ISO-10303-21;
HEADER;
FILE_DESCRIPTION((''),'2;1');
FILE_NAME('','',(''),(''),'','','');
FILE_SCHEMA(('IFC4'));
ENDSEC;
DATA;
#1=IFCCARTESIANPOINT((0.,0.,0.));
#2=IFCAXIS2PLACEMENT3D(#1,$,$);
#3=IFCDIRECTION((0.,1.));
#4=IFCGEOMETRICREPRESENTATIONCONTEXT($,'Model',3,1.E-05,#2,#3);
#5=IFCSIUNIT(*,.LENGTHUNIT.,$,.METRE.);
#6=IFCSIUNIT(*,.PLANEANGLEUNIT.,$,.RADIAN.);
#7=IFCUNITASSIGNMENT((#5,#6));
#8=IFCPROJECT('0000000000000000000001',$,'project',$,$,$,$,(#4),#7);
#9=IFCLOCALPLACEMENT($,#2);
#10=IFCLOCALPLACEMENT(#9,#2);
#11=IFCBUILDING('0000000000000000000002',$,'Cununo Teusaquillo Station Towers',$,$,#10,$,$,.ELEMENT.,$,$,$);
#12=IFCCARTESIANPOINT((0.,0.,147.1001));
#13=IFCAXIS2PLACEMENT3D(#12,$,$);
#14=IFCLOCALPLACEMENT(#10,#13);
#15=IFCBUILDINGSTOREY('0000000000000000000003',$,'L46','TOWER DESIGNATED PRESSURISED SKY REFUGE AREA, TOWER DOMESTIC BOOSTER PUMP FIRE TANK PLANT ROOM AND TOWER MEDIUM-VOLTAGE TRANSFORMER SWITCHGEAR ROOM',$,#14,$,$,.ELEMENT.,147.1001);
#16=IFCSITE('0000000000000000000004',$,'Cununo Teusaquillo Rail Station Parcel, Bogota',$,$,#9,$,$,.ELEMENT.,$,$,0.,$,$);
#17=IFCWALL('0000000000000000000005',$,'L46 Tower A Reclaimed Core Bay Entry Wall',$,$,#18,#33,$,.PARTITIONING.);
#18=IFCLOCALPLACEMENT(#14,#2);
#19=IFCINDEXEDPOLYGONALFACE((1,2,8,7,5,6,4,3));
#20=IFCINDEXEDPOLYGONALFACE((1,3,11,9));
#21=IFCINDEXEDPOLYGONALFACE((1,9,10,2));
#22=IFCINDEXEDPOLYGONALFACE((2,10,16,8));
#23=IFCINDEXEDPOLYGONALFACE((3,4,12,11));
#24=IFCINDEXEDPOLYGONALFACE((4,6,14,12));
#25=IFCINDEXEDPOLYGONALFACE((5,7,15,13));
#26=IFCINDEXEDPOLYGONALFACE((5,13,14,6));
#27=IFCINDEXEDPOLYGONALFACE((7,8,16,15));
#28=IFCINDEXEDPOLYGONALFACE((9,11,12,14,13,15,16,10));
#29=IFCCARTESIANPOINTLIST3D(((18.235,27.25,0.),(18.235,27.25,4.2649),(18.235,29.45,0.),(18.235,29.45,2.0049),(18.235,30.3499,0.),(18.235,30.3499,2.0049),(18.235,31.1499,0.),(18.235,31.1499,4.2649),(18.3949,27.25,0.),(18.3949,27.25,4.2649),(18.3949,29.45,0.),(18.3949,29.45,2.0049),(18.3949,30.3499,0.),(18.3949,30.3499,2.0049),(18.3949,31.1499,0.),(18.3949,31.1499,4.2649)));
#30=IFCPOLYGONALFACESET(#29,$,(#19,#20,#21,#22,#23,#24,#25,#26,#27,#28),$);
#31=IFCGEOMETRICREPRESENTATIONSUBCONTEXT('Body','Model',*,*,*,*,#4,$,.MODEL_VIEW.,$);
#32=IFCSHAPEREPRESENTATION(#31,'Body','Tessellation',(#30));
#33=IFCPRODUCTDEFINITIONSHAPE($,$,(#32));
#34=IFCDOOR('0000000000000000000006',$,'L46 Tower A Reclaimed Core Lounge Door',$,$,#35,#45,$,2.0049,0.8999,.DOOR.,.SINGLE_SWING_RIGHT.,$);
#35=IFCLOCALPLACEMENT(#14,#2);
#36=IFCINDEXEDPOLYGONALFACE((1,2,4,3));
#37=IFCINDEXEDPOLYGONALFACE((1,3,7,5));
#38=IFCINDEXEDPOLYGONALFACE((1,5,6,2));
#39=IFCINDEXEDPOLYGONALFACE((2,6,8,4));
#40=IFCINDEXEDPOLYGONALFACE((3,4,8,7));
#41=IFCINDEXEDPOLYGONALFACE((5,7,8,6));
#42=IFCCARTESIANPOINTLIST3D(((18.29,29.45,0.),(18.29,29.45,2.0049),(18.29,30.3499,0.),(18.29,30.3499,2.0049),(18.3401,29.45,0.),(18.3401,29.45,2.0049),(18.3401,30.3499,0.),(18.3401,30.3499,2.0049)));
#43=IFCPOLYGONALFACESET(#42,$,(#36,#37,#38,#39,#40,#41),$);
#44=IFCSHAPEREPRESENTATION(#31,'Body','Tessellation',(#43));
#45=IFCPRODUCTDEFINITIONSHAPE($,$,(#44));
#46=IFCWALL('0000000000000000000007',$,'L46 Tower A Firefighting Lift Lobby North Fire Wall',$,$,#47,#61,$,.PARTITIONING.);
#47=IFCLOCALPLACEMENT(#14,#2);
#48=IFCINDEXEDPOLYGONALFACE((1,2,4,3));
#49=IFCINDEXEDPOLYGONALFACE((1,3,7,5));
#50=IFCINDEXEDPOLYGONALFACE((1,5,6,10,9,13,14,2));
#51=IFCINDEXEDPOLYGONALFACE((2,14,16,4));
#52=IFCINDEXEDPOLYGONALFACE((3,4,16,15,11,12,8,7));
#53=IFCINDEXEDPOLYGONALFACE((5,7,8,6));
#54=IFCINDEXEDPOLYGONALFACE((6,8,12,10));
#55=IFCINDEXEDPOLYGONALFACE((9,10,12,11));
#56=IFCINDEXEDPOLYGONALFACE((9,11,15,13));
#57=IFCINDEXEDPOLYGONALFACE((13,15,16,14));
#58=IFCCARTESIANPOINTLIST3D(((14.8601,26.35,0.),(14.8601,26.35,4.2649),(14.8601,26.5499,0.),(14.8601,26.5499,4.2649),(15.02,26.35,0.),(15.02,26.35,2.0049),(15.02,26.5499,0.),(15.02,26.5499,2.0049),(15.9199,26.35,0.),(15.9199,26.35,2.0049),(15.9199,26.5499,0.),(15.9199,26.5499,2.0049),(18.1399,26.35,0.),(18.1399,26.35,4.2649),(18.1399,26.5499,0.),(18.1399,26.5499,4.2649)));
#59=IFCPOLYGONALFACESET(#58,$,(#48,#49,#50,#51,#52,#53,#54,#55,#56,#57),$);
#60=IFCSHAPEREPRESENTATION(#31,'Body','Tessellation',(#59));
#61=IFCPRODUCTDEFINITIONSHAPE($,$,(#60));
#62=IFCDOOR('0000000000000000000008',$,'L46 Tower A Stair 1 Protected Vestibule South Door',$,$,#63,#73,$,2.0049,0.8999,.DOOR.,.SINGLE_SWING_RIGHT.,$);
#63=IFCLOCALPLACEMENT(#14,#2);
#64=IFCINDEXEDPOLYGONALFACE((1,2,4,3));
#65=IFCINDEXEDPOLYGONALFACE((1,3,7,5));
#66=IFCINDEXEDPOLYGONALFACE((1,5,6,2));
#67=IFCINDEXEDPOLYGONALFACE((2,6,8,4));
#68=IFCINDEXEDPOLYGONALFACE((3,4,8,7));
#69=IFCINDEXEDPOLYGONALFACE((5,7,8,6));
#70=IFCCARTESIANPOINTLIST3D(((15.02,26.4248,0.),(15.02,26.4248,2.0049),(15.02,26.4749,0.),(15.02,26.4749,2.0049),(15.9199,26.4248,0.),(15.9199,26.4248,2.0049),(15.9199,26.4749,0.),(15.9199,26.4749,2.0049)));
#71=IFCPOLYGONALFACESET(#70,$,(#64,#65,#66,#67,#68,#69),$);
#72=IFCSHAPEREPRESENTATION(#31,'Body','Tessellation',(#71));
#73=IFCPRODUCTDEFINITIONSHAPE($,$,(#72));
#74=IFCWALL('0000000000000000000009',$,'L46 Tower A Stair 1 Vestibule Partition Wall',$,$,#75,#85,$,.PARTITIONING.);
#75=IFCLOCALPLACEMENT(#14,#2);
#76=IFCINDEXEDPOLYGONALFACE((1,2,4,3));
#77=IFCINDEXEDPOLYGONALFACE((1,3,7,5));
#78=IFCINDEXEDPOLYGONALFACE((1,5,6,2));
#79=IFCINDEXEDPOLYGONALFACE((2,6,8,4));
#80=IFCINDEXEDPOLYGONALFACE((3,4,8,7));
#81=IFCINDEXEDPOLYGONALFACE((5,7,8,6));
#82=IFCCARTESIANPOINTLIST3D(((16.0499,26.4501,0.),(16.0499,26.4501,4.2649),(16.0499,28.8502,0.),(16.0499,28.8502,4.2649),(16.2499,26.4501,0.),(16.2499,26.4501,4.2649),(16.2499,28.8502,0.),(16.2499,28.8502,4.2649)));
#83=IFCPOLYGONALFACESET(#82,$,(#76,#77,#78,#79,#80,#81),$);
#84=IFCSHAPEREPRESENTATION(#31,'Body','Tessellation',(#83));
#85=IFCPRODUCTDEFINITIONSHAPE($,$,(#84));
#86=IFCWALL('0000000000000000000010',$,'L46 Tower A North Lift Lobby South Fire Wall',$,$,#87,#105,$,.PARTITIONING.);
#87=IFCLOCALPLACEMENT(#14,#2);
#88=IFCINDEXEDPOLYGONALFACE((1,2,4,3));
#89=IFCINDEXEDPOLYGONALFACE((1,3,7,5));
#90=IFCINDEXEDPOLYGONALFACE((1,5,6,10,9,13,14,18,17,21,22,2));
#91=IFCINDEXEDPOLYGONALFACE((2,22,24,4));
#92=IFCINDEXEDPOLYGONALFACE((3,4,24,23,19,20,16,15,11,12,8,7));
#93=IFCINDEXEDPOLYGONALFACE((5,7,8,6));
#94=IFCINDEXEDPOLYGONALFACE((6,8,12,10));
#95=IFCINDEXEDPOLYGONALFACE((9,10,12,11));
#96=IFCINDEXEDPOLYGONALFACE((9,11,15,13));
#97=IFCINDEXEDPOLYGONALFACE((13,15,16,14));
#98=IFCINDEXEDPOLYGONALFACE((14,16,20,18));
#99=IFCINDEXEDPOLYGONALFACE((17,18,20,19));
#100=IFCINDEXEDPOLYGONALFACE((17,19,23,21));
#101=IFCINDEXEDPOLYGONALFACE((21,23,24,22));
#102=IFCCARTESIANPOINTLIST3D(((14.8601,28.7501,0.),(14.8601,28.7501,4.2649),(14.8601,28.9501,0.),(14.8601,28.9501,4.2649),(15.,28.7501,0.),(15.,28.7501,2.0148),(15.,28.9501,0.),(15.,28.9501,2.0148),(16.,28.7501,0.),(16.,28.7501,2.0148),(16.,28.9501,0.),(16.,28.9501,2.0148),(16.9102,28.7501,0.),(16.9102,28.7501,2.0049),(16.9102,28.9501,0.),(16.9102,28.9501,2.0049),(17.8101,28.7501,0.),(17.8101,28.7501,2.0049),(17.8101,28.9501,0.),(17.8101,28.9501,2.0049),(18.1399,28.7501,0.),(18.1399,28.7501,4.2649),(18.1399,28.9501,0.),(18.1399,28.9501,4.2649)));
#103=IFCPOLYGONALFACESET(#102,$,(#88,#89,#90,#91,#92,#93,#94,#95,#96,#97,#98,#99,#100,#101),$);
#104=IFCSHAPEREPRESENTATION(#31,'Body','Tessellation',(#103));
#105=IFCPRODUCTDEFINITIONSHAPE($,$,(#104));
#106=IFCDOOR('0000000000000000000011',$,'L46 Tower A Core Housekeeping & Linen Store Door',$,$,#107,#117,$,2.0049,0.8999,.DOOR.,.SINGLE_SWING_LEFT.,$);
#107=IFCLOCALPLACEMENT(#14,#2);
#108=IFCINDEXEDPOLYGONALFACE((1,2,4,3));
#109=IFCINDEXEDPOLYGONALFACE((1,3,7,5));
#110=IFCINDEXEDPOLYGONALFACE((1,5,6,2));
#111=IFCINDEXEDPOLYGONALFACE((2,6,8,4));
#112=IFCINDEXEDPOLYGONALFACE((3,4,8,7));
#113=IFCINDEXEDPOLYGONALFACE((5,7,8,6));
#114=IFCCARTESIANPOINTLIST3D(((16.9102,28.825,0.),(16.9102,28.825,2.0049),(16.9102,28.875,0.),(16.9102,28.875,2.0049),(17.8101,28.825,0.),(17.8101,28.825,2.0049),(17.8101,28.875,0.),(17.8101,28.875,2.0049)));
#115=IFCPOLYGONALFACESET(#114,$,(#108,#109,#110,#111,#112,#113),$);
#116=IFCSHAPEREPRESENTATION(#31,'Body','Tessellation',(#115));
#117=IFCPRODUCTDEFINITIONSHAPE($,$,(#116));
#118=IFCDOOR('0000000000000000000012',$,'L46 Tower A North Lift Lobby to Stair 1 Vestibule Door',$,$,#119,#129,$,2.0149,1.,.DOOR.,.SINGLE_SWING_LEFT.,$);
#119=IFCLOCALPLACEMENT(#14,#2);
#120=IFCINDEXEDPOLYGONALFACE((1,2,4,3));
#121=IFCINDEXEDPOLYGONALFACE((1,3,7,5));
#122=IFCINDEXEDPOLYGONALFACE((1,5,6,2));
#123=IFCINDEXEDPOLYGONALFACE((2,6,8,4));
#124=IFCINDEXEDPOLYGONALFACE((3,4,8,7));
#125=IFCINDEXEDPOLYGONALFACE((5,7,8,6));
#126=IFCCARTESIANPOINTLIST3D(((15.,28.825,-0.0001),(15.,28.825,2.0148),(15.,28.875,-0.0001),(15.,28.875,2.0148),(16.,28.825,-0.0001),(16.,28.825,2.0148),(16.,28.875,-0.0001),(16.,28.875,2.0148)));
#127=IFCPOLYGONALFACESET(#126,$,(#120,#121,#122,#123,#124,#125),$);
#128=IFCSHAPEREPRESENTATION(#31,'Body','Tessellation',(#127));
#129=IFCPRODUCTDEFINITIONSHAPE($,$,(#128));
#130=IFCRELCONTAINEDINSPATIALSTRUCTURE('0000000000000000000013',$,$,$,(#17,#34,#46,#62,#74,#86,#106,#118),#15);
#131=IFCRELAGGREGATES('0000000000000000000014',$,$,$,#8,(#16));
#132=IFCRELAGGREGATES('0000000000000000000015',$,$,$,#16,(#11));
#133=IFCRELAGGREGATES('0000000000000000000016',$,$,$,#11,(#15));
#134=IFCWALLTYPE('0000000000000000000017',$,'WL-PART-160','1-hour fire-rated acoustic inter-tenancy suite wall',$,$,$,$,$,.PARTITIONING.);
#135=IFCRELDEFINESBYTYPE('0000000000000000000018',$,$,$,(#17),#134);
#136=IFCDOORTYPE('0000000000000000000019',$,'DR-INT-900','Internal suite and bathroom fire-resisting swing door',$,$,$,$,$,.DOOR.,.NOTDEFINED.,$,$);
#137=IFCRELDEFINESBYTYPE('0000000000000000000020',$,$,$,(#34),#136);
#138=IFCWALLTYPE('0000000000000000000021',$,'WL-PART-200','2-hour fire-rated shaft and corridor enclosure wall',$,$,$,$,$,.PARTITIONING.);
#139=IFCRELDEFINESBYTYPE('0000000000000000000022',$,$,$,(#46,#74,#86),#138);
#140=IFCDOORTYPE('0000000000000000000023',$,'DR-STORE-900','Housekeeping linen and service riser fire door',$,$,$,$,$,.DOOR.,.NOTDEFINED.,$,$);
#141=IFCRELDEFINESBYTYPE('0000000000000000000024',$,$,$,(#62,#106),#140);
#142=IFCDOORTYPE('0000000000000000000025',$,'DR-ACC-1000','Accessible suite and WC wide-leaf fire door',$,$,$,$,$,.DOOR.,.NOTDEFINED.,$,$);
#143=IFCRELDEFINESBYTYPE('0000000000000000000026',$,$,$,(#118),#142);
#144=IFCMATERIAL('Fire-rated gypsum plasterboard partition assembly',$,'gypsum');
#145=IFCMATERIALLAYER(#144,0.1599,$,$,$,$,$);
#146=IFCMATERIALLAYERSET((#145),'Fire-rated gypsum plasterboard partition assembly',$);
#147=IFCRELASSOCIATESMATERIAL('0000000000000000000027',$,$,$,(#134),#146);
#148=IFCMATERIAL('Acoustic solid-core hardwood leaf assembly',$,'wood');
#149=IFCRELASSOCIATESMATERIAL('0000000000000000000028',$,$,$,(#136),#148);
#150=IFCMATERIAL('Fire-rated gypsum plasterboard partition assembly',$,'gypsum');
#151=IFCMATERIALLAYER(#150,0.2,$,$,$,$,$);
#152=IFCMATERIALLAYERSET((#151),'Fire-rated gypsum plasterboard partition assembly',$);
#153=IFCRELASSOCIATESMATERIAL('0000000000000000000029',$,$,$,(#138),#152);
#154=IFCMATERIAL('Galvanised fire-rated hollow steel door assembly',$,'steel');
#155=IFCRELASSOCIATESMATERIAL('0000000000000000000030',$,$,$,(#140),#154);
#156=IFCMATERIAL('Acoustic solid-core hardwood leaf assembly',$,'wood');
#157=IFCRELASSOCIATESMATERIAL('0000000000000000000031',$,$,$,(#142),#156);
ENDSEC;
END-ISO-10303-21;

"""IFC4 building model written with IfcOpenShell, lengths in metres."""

from ifc_helpers import new_model, si_unit, direction, frame, frame_2d, origin, place, context, subcontext, project, spatial, rectangle, extrude, source, transform, mapped, material, layer, layer_set, type_object, element, fill, save


model = new_model("IFC4")

# Units and contexts
model_context = context("Model", 3, precision=1e-05, world=origin(), true_north=direction((0.0, 1.0)))
body_context = subcontext(model_context, "Body", "Model", "MODEL_VIEW")
ifc_project = project(units=[si_unit("LENGTHUNIT", "METRE"), si_unit("PLANEANGLEUNIT", "RADIAN")], contexts=[model_context])

# Site, building, storey
site_placement = place(None, origin())
site = spatial("IfcSite", under=ifc_project, at=site_placement, Name="Cununo Teusaquillo Rail Station Parcel, Bogota", CompositionType="ELEMENT", RefElevation=0.0)
building_placement = place(site_placement, origin())
building = spatial("IfcBuilding", under=site, at=building_placement, Name="Cununo Teusaquillo Station Towers", CompositionType="ELEMENT")
storey_placement = place(building_placement, frame((0.0, 0.0, 147.1001)))
storey = spatial("IfcBuildingStorey", under=building, at=storey_placement, Name="L46", Description="TOWER DESIGNATED PRESSURISED SKY REFUGE AREA, TOWER DOMESTIC BOOSTER PUMP FIRE TANK PLANT ROOM AND TOWER MEDIUM-VOLTAGE TRANSFORMER SWITCHGEAR ROOM", CompositionType="ELEMENT", Elevation=147.1001)

# Walls, openings, doors
ifc_material_1 = material(Name="Fire-rated gypsum plasterboard partition assembly", Category="gypsum")
ifc_layer_1 = layer(ifc_material_1, 0.1599)
ifc_layer_set_1 = layer_set([ifc_layer_1], Name="Fire-rated gypsum plasterboard partition assembly")
wall_type_1 = type_object("IfcWallType", Name="WL-PART-160", Description="1-hour fire-rated acoustic inter-tenancy suite wall", PredefinedType="PARTITIONING", material=ifc_layer_set_1)
wall_1_placement = place(storey_placement, frame((18.3149, 27.25, 0.0), z_axis=(0.0, 0.0, 1.0), x_axis=(0.0, 1.0, 0.0)))
wall_1 = element("IfcWall", 1, at=wall_1_placement, inside=storey, type_object=wall_type_1, Name="L46 Tower A Reclaimed Core Bay Entry Wall", PredefinedType="PARTITIONING", context=body_context, shape_type="SweptSolid", body=[
    extrude(rectangle(XDim=3.8999, YDim=0.1599, at=frame_2d((1.95, 0.0))), origin(), (0.0, 0.0, 1.0), 4.2649),
])
shared_shape_1 = source(origin(), body_context, "Body", "SweptSolid", [
    extrude(rectangle(XDim=0.8999, YDim=2.0049, at=frame_2d((0.45, 1.0024))), frame((0.0, 0.0898, 0.0), z_axis=(0.0, -1.0, 0.0), x_axis=(1.0, 0.0, 0.0)), (0.0, 0.0, 1.0), 0.1799),
])
opening_1_placement = place(wall_1_placement, frame((2.2, 0.0, 0.0)))
opening_1 = element("IfcOpeningElement", 2, at=opening_1_placement, cuts=wall_1, PredefinedType="OPENING", context=body_context, shape_type="MappedRepresentation", body=[
    mapped(shared_shape_1, transform((0.0, 0.0, 0.0), x_axis=(1.0, 0.0, 0.0), y_axis=(0.0, 1.0, 0.0), z_axis=(0.0, 0.0, 1.0), scale=1.0)),
])
ifc_material_2 = material(Name="Acoustic solid-core hardwood leaf assembly", Category="wood")
door_type_1 = type_object("IfcDoorType", Name="DR-INT-900", Description="Internal suite and bathroom fire-resisting swing door", OperationType="NOTDEFINED", PredefinedType="DOOR", material=ifc_material_2)
shared_shape_2 = source(origin(), body_context, "Body", "SweptSolid", [
    extrude(rectangle(XDim=0.8999, YDim=2.0049, at=frame_2d((0.45, 1.0024))), frame((0.0, 0.0249, 0.0), z_axis=(0.0, -1.0, 0.0), x_axis=(1.0, 0.0, 0.0)), (0.0, 0.0, 1.0), 0.05),
])
door_1_placement = place(opening_1_placement, origin())
door_1 = element("IfcDoor", 3, at=door_1_placement, inside=storey, type_object=door_type_1, Name="L46 Tower A Reclaimed Core Lounge Door", OperationType="SINGLE_SWING_RIGHT", OverallHeight=2.0049, OverallWidth=0.8999, PredefinedType="DOOR", context=body_context, shape_type="MappedRepresentation", body=[
    mapped(shared_shape_2, transform((0.0, 0.0, 0.0), x_axis=(1.0, 0.0, 0.0), y_axis=(0.0, 1.0, 0.0), z_axis=(0.0, 0.0, 1.0), scale=1.0)),
])
fill(opening_1, door_1)
ifc_material_3 = material(Name="Fire-rated gypsum plasterboard partition assembly", Category="gypsum")
ifc_layer_2 = layer(ifc_material_3, 0.2)
ifc_layer_set_2 = layer_set([ifc_layer_2], Name="Fire-rated gypsum plasterboard partition assembly")
wall_type_2 = type_object("IfcWallType", Name="WL-PART-200", Description="2-hour fire-rated shaft and corridor enclosure wall", PredefinedType="PARTITIONING", material=ifc_layer_set_2)
wall_2_placement = place(storey_placement, frame((14.8601, 26.45, 0.0), z_axis=(0.0, 0.0, 1.0), x_axis=(1.0, 0.0, 0.0)))
wall_2 = element("IfcWall", 4, at=wall_2_placement, inside=storey, type_object=wall_type_2, Name="L46 Tower A Firefighting Lift Lobby North Fire Wall", PredefinedType="PARTITIONING", context=body_context, shape_type="SweptSolid", body=[
    extrude(rectangle(XDim=3.2798, YDim=0.2, at=frame_2d((1.6399, 0.0))), origin(), (0.0, 0.0, 1.0), 4.2649),
])
shared_shape_3 = source(origin(), body_context, "Body", "SweptSolid", [
    extrude(rectangle(XDim=0.8999, YDim=2.0049, at=frame_2d((0.45, 1.0024))), frame((0.0, 0.1099, 0.0), z_axis=(0.0, -1.0, 0.0), x_axis=(1.0, 0.0, 0.0)), (0.0, 0.0, 1.0), 0.22),
])
opening_2_placement = place(wall_2_placement, frame((0.1599, 0.0, 0.0)))
opening_2 = element("IfcOpeningElement", 5, at=opening_2_placement, cuts=wall_2, PredefinedType="OPENING", context=body_context, shape_type="MappedRepresentation", body=[
    mapped(shared_shape_3, transform((0.0, 0.0, 0.0), x_axis=(1.0, 0.0, 0.0), y_axis=(0.0, 1.0, 0.0), z_axis=(0.0, 0.0, 1.0), scale=1.0)),
])
ifc_material_4 = material(Name="Galvanised fire-rated hollow steel door assembly", Category="steel")
door_type_2 = type_object("IfcDoorType", Name="DR-STORE-900", Description="Housekeeping linen and service riser fire door", OperationType="NOTDEFINED", PredefinedType="DOOR", material=ifc_material_4)
door_2_placement = place(opening_2_placement, origin())
door_2 = element("IfcDoor", 6, at=door_2_placement, inside=storey, type_object=door_type_2, Name="L46 Tower A Stair 1 Protected Vestibule South Door", OperationType="SINGLE_SWING_RIGHT", OverallHeight=2.0049, OverallWidth=0.8999, PredefinedType="DOOR", context=body_context, shape_type="MappedRepresentation", body=[
    mapped(shared_shape_2, transform((0.0, 0.0, 0.0), x_axis=(1.0, 0.0, 0.0), y_axis=(0.0, 1.0, 0.0), z_axis=(0.0, 0.0, 1.0), scale=1.0)),
])
fill(opening_2, door_2)

# Wall
wall_3_placement = place(storey_placement, frame((16.1499, 26.45, 0.0), z_axis=(0.0, 0.0, 1.0), x_axis=(0.0, 1.0, 0.0)))
element("IfcWall", 7, at=wall_3_placement, inside=storey, type_object=wall_type_2, Name="L46 Tower A Stair 1 Vestibule Partition Wall", PredefinedType="PARTITIONING", context=body_context, shape_type="SweptSolid", body=[
    extrude(rectangle(XDim=2.4001, YDim=0.2, at=frame_2d((1.2002, 0.0))), origin(), (0.0, 0.0, 1.0), 4.2649),
])

# Wall, openings, doors
wall_4_placement = place(storey_placement, frame((14.8601, 28.8501, 0.0), z_axis=(0.0, 0.0, 1.0), x_axis=(1.0, 0.0, 0.0)))
wall_4 = element("IfcWall", 8, at=wall_4_placement, inside=storey, type_object=wall_type_2, Name="L46 Tower A North Lift Lobby South Fire Wall", PredefinedType="PARTITIONING", context=body_context, shape_type="SweptSolid", body=[
    extrude(rectangle(XDim=3.2798, YDim=0.2, at=frame_2d((1.6399, 0.0))), origin(), (0.0, 0.0, 1.0), 4.2649),
])
shared_shape_4 = source(origin(), body_context, "Body", "SweptSolid", [
    extrude(rectangle(XDim=1.0, YDim=2.0149, at=frame_2d((0.5, 1.0073))), frame((0.0, 0.1099, 0.0), z_axis=(0.0, -1.0, 0.0), x_axis=(1.0, 0.0, 0.0)), (0.0, 0.0, 1.0), 0.22),
])
opening_3_placement = place(wall_4_placement, frame((0.1399, 0.0, 0.0)))
opening_3 = element("IfcOpeningElement", 9, at=opening_3_placement, cuts=wall_4, PredefinedType="OPENING", context=body_context, shape_type="MappedRepresentation", body=[
    mapped(shared_shape_4, transform((0.0, 0.0, 0.0), x_axis=(1.0, 0.0, 0.0), y_axis=(0.0, 1.0, 0.0), z_axis=(0.0, 0.0, 1.0), scale=1.0)),
])
opening_4_placement = place(wall_4_placement, frame((2.05, 0.0, 0.0)))
opening_4 = element("IfcOpeningElement", 10, at=opening_4_placement, cuts=wall_4, PredefinedType="OPENING", context=body_context, shape_type="MappedRepresentation", body=[
    mapped(shared_shape_3, transform((0.0, 0.0, 0.0), x_axis=(1.0, 0.0, 0.0), y_axis=(0.0, 1.0, 0.0), z_axis=(0.0, 0.0, 1.0), scale=1.0)),
])
door_3_placement = place(opening_4_placement, origin())
door_3 = element("IfcDoor", 11, at=door_3_placement, inside=storey, type_object=door_type_2, Name="L46 Tower A Core Housekeeping & Linen Store Door", OperationType="SINGLE_SWING_LEFT", OverallHeight=2.0049, OverallWidth=0.8999, PredefinedType="DOOR", context=body_context, shape_type="MappedRepresentation", body=[
    mapped(shared_shape_2, transform((0.0, 0.0, 0.0), x_axis=(1.0, 0.0, 0.0), y_axis=(0.0, 1.0, 0.0), z_axis=(0.0, 0.0, 1.0), scale=1.0)),
])
fill(opening_4, door_3)
ifc_material_5 = material(Name="Acoustic solid-core hardwood leaf assembly", Category="wood")
door_type_3 = type_object("IfcDoorType", Name="DR-ACC-1000", Description="Accessible suite and WC wide-leaf fire door", OperationType="NOTDEFINED", PredefinedType="DOOR", material=ifc_material_5)
shared_shape_5 = source(origin(), body_context, "Body", "SweptSolid", [
    extrude(rectangle(XDim=1.0, YDim=2.0149, at=frame_2d((0.5, 1.0073))), frame((0.0, 0.0249, 0.0), z_axis=(0.0, -1.0, 0.0), x_axis=(1.0, 0.0, 0.0)), (0.0, 0.0, 1.0), 0.05),
])
door_4_placement = place(opening_3_placement, origin())
door_4 = element("IfcDoor", 12, at=door_4_placement, inside=storey, type_object=door_type_3, Name="L46 Tower A North Lift Lobby to Stair 1 Vestibule Door", OperationType="SINGLE_SWING_LEFT", OverallHeight=2.0149, OverallWidth=1.0, PredefinedType="DOOR", context=body_context, shape_type="MappedRepresentation", body=[
    mapped(shared_shape_5, transform((0.0, 0.0, 0.0), x_axis=(1.0, 0.0, 0.0), y_axis=(0.0, 1.0, 0.0), z_axis=(0.0, 0.0, 1.0), scale=1.0)),
])
fill(opening_3, door_4)

save(model, "model.ifc")
